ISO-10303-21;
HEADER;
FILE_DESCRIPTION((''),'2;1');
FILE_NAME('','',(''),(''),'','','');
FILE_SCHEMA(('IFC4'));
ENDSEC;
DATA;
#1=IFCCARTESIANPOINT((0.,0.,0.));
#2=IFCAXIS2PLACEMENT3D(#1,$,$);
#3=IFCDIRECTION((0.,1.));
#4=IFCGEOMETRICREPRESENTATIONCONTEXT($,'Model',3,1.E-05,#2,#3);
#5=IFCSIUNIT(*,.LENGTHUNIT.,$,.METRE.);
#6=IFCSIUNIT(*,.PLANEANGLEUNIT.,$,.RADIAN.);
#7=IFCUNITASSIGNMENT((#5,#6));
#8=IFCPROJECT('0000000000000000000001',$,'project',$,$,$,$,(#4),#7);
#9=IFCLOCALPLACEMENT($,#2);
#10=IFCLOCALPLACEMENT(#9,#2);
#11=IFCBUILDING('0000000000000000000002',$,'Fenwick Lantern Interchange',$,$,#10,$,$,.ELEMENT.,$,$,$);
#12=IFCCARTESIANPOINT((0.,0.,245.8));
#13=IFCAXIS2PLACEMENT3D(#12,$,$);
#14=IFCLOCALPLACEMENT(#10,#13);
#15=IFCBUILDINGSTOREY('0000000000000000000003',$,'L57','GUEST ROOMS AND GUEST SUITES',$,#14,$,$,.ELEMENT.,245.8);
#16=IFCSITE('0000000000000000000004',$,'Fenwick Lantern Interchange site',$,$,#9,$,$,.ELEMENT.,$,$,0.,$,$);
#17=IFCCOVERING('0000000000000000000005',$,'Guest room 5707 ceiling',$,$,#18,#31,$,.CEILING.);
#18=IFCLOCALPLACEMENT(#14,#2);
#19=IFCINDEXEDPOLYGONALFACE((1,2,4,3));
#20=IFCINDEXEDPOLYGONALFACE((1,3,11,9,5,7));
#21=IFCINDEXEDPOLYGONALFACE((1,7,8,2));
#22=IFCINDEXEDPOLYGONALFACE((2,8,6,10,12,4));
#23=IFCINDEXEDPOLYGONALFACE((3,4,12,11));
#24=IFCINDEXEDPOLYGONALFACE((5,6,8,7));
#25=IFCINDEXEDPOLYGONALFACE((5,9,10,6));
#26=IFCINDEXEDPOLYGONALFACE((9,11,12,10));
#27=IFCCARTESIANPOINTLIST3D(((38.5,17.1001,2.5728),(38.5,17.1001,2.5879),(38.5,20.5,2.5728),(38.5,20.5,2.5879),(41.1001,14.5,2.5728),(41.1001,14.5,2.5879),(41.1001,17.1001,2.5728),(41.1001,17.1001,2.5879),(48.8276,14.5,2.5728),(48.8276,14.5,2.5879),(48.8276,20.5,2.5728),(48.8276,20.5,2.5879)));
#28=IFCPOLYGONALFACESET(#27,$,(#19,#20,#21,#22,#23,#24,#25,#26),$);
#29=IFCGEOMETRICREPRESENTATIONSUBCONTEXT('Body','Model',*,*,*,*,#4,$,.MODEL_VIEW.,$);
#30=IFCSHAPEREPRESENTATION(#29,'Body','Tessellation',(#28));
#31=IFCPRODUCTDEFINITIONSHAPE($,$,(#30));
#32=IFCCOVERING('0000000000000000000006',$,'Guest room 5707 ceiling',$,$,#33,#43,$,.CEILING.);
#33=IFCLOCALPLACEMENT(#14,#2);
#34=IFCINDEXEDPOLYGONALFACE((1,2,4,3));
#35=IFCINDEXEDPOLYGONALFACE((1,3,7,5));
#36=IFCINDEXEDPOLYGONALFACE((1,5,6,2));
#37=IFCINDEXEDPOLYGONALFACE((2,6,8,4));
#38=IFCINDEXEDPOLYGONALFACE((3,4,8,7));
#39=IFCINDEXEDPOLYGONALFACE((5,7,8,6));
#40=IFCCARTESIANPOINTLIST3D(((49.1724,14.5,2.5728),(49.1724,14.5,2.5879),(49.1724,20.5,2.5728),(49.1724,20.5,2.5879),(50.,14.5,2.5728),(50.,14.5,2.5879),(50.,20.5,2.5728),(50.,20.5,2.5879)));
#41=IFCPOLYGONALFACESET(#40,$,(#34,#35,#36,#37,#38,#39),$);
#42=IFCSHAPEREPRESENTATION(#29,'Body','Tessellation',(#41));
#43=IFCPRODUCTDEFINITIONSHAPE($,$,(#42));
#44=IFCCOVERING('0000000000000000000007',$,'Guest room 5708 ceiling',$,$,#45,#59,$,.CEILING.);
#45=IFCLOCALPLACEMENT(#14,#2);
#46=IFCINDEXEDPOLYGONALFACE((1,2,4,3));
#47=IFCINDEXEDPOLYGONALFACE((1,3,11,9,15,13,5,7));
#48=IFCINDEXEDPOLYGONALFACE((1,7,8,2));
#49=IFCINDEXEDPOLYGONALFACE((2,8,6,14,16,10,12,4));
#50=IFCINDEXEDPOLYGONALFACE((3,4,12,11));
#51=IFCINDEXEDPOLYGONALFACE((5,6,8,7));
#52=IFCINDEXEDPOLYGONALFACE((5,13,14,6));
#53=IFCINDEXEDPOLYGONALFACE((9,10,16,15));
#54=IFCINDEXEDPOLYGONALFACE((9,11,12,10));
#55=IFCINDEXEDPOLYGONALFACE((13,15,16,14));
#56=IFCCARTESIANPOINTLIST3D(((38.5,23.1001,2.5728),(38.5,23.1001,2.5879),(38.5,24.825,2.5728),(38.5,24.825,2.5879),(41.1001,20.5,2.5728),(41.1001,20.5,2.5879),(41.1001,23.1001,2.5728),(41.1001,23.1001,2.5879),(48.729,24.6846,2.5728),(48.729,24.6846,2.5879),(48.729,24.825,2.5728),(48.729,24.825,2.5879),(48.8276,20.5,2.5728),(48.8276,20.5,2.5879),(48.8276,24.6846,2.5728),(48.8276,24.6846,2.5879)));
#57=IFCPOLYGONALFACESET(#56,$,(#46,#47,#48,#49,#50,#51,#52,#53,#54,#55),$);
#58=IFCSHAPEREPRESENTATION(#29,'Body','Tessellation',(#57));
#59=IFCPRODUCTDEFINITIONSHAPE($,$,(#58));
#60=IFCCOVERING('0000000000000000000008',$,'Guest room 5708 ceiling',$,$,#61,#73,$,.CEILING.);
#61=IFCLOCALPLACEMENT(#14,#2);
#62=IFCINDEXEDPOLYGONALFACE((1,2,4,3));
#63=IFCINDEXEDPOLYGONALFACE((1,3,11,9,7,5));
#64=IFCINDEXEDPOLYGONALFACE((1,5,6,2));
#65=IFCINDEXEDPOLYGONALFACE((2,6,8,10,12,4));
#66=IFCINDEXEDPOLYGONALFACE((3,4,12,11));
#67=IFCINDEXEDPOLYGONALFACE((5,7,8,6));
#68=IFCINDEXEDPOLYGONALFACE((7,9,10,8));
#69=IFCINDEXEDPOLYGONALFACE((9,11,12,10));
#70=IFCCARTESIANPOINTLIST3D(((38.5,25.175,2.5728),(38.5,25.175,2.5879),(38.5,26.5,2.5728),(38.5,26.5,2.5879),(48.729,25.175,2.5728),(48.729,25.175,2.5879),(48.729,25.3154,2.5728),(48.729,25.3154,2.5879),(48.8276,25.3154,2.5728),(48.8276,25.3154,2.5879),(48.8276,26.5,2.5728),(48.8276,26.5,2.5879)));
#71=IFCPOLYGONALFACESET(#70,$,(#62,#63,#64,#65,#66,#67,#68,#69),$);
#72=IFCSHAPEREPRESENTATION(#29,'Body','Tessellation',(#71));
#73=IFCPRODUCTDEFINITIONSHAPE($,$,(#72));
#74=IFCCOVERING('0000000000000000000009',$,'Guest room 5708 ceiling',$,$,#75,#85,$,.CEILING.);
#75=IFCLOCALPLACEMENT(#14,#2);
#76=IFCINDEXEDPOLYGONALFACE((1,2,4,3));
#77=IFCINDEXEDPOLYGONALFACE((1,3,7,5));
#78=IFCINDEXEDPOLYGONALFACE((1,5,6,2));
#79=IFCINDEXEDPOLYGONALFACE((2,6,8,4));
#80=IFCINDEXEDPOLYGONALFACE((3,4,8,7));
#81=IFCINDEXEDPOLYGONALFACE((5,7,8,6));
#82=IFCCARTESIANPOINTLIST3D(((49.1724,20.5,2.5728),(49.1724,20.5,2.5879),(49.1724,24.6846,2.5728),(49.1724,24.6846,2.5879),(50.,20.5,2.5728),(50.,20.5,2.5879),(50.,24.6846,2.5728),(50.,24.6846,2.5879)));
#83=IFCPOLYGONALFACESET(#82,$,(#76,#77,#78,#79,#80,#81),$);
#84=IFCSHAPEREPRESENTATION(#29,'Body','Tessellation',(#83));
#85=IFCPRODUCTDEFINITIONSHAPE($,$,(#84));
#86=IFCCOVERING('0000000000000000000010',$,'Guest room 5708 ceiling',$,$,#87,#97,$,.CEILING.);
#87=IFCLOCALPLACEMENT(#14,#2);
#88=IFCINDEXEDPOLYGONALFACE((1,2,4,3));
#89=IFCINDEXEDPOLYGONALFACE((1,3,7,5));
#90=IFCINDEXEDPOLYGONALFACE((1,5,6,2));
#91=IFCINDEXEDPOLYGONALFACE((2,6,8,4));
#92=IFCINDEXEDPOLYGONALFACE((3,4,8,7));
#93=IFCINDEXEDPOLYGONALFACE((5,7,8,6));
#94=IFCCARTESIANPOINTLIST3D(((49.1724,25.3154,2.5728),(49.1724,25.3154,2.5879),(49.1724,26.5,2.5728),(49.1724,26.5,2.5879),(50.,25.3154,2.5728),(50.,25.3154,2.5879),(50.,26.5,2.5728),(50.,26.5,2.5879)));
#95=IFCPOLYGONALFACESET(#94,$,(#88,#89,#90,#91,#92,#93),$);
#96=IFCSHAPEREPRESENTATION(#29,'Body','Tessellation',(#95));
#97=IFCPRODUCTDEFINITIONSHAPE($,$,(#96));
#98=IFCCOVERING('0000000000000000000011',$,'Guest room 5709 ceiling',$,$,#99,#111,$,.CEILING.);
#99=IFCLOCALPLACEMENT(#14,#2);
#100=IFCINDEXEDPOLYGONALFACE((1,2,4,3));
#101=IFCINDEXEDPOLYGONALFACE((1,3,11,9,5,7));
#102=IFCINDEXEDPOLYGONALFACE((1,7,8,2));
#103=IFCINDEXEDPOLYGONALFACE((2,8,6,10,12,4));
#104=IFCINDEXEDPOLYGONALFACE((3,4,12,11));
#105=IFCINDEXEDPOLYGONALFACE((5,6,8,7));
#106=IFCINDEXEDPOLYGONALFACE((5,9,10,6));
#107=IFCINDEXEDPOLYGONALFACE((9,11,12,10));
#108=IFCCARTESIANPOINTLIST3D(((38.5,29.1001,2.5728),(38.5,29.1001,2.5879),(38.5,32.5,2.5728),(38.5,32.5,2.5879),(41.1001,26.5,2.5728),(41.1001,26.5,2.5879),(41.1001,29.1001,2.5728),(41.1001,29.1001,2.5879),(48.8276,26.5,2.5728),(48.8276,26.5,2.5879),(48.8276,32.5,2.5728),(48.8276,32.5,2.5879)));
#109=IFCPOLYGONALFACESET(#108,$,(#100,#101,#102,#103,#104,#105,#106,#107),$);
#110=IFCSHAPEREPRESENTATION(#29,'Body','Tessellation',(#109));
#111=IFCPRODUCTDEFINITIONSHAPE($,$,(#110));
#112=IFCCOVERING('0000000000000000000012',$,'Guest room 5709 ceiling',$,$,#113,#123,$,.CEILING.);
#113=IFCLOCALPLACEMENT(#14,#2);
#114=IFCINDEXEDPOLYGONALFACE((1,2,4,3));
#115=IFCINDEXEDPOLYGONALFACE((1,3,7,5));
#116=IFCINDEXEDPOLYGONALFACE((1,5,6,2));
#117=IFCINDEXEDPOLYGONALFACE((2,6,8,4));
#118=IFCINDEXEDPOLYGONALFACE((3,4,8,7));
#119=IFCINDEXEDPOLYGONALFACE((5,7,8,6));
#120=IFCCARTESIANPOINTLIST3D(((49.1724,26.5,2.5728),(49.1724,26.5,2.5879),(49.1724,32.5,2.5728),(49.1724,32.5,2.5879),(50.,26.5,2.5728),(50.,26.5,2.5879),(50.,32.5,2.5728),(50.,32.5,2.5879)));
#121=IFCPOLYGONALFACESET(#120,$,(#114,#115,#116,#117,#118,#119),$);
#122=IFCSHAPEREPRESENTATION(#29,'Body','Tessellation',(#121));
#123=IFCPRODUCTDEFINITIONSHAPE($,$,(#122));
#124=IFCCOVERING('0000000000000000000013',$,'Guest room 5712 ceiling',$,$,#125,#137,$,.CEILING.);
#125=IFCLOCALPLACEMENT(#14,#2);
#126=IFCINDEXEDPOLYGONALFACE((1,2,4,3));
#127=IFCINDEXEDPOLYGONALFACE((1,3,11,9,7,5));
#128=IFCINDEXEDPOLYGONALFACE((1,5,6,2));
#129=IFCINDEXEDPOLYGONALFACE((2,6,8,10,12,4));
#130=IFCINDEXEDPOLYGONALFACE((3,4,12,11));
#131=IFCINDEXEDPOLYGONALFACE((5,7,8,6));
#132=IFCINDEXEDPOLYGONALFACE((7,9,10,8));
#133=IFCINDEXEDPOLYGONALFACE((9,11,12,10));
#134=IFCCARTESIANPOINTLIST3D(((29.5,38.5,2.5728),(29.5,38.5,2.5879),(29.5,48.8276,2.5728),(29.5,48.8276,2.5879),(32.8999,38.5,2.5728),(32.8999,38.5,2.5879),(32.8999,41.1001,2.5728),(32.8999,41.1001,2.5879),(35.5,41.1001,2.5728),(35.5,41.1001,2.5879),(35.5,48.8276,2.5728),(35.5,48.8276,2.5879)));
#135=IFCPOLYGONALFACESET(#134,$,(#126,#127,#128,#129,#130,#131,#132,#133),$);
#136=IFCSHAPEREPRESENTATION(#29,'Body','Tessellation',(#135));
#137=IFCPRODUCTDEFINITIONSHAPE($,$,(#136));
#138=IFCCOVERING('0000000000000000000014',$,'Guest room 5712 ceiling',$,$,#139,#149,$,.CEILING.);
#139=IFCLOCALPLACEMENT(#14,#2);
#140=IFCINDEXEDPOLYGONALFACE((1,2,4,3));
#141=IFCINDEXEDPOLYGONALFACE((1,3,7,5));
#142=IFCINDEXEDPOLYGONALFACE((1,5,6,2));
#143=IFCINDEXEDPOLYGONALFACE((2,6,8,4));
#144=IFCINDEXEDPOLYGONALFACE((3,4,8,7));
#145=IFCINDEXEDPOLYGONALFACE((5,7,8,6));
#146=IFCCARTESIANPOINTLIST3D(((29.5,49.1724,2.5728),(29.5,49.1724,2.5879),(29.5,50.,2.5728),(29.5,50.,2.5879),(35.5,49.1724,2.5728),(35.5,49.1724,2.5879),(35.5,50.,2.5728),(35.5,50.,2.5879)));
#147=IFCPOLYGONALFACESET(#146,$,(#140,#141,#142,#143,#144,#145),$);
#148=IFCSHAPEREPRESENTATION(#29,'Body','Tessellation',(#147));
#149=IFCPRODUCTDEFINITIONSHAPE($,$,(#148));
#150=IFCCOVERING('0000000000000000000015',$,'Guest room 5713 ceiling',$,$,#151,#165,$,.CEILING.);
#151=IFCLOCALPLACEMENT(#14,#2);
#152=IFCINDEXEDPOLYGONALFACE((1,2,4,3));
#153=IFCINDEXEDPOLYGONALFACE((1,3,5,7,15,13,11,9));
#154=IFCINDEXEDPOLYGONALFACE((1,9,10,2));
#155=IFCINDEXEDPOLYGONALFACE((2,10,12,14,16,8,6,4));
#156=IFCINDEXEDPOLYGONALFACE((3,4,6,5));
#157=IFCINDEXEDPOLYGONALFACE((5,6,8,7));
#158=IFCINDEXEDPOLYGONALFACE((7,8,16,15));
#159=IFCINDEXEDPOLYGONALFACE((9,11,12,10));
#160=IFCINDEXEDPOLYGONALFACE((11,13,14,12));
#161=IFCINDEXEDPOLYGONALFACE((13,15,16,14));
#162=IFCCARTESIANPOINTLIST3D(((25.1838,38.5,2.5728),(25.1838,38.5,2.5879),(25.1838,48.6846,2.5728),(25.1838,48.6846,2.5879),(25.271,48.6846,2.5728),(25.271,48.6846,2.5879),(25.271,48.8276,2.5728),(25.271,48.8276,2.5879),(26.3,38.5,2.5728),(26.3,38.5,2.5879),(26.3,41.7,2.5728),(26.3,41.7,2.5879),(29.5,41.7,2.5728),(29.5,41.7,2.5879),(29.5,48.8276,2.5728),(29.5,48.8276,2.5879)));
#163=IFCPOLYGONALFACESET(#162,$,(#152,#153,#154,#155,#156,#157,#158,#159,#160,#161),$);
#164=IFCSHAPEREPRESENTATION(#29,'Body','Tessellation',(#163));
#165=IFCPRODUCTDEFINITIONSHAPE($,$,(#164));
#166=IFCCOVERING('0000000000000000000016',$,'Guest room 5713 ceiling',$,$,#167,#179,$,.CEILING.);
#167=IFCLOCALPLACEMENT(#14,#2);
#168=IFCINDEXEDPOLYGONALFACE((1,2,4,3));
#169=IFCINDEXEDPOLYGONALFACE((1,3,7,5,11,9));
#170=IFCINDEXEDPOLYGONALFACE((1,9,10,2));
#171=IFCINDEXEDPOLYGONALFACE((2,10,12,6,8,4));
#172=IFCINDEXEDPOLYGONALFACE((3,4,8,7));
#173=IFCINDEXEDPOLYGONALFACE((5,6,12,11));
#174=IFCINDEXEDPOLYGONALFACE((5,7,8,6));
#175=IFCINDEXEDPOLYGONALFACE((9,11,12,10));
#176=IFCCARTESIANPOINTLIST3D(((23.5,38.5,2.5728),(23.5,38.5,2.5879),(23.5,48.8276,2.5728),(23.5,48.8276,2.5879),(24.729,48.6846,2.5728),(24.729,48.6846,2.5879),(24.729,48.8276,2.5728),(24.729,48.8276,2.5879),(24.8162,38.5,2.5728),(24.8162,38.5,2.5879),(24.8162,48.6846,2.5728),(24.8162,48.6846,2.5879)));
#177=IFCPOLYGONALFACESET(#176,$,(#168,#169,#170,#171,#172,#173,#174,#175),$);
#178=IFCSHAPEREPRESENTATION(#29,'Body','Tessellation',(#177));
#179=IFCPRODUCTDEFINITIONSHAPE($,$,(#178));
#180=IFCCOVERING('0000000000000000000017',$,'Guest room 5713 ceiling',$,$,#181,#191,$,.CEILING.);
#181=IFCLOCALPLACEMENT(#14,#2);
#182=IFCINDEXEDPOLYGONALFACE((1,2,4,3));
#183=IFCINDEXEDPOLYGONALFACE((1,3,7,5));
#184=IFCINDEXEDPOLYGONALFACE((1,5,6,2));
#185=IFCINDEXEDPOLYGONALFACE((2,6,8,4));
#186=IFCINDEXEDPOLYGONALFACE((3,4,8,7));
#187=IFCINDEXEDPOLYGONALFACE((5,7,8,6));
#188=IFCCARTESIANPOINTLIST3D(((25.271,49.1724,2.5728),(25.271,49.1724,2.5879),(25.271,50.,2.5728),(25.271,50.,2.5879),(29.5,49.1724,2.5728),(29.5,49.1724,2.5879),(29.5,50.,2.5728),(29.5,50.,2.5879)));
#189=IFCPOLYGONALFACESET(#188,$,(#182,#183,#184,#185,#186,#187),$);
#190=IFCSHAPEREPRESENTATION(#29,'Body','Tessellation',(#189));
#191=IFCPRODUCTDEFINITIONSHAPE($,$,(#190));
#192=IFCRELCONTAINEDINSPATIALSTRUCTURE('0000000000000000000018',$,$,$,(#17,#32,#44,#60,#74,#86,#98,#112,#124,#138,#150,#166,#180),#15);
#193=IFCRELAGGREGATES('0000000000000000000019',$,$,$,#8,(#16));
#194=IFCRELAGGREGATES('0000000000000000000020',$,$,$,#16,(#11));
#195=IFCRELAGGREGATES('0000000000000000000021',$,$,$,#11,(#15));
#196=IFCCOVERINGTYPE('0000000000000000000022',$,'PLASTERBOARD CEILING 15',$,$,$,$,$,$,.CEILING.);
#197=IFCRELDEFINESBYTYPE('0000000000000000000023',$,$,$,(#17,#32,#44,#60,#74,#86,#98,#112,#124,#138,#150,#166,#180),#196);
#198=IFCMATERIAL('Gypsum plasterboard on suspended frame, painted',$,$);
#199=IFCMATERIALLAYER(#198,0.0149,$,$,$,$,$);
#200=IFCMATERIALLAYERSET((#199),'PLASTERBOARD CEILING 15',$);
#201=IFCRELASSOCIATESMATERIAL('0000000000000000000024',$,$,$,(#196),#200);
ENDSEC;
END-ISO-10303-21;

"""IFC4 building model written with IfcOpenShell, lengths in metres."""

from ifc_helpers import new_model, si_unit, direction, frame, origin, place, context, subcontext, project, spatial, polyline, outline, extrude, material, layer, layer_set, type_object, element, save


model = new_model("IFC4")

# Units and contexts
model_context = context("Model", 3, precision=1e-05, world=origin(), true_north=direction((0.0, 1.0)))
body_context = subcontext(model_context, "Body", "Model", "MODEL_VIEW")
ifc_project = project(units=[si_unit("LENGTHUNIT", "METRE"), si_unit("PLANEANGLEUNIT", "RADIAN")], contexts=[model_context])

# Site, building, storey
site_placement = place(None, origin())
site = spatial("IfcSite", under=ifc_project, at=site_placement, Name="Fenwick Lantern Interchange site", CompositionType="ELEMENT", RefElevation=0.0)
building_placement = place(site_placement, origin())
building = spatial("IfcBuilding", under=site, at=building_placement, Name="Fenwick Lantern Interchange", CompositionType="ELEMENT")
storey_placement = place(building_placement, frame((0.0, 0.0, 245.8)))
storey = spatial("IfcBuildingStorey", under=building, at=storey_placement, Name="L57", Description="GUEST ROOMS AND GUEST SUITES", CompositionType="ELEMENT", Elevation=245.8)

# Coverings
ifc_material_1 = material(Name="Gypsum plasterboard on suspended frame, painted")
ifc_layer_1 = layer(ifc_material_1, 0.0149)
ifc_layer_set_1 = layer_set([ifc_layer_1], Name="PLASTERBOARD CEILING 15")
covering_type_1 = type_object("IfcCoveringType", Name="PLASTERBOARD CEILING 15", PredefinedType="CEILING", material=ifc_layer_set_1)
covering_1_placement = place(storey_placement, frame((0.0, 0.0, 2.5728)))
element("IfcCovering", 1, at=covering_1_placement, inside=storey, type_object=covering_type_1, Name="Guest room 5707 ceiling", PredefinedType="CEILING", context=body_context, shape_type="SweptSolid", body=[
    extrude(outline(polyline([(48.8276, 20.5), (38.5, 20.5), (38.5, 17.1001), (41.1001, 17.1001), (41.1001, 14.5), (48.8276, 14.5), (48.8276, 20.5)])), origin(), (0.0, 0.0, 1.0), 0.0151),
])
covering_2_placement = place(storey_placement, frame((0.0, 0.0, 2.5728)))
element("IfcCovering", 2, at=covering_2_placement, inside=storey, type_object=covering_type_1, Name="Guest room 5707 ceiling", PredefinedType="CEILING", context=body_context, shape_type="SweptSolid", body=[
    extrude(outline(polyline([(50.0, 20.5), (49.1724, 20.5), (49.1724, 14.5), (50.0, 14.5), (50.0, 20.5)])), origin(), (0.0, 0.0, 1.0), 0.0151),
])
covering_3_placement = place(storey_placement, frame((0.0, 0.0, 2.5728)))
element("IfcCovering", 3, at=covering_3_placement, inside=storey, type_object=covering_type_1, Name="Guest room 5708 ceiling", PredefinedType="CEILING", context=body_context, shape_type="SweptSolid", body=[
    extrude(outline(polyline([(48.729, 24.6846), (48.729, 24.825), (38.5, 24.825), (38.5, 23.1001), (41.1001, 23.1001), (41.1001, 20.5), (48.8276, 20.5), (48.8276, 24.6846), (48.729, 24.6846)])), origin(), (0.0, 0.0, 1.0), 0.0151),
])
covering_4_placement = place(storey_placement, frame((0.0, 0.0, 2.5728)))
element("IfcCovering", 4, at=covering_4_placement, inside=storey, type_object=covering_type_1, Name="Guest room 5708 ceiling", PredefinedType="CEILING", context=body_context, shape_type="SweptSolid", body=[
    extrude(outline(polyline([(48.729, 25.3154), (48.8276, 25.3154), (48.8276, 26.5), (38.5, 26.5), (38.5, 25.175), (48.729, 25.175), (48.729, 25.3154)])), origin(), (0.0, 0.0, 1.0), 0.0151),
])
covering_5_placement = place(storey_placement, frame((0.0, 0.0, 2.5728)))
element("IfcCovering", 5, at=covering_5_placement, inside=storey, type_object=covering_type_1, Name="Guest room 5708 ceiling", PredefinedType="CEILING", context=body_context, shape_type="SweptSolid", body=[
    extrude(outline(polyline([(50.0, 24.6846), (49.1724, 24.6846), (49.1724, 20.5), (50.0, 20.5), (50.0, 24.6846)])), origin(), (0.0, 0.0, 1.0), 0.0151),
])
covering_6_placement = place(storey_placement, frame((0.0, 0.0, 2.5728)))
element("IfcCovering", 6, at=covering_6_placement, inside=storey, type_object=covering_type_1, Name="Guest room 5708 ceiling", PredefinedType="CEILING", context=body_context, shape_type="SweptSolid", body=[
    extrude(outline(polyline([(50.0, 25.3154), (50.0, 26.5), (49.1724, 26.5), (49.1724, 25.3154), (50.0, 25.3154)])), origin(), (0.0, 0.0, 1.0), 0.0151),
])
covering_7_placement = place(storey_placement, frame((0.0, 0.0, 2.5728)))
element("IfcCovering", 7, at=covering_7_placement, inside=storey, type_object=covering_type_1, Name="Guest room 5709 ceiling", PredefinedType="CEILING", context=body_context, shape_type="SweptSolid", body=[
    extrude(outline(polyline([(48.8276, 32.5), (38.5, 32.5), (38.5, 29.1001), (41.1001, 29.1001), (41.1001, 26.5), (48.8276, 26.5), (48.8276, 32.5)])), origin(), (0.0, 0.0, 1.0), 0.0151),
])
covering_8_placement = place(storey_placement, frame((0.0, 0.0, 2.5728)))
element("IfcCovering", 8, at=covering_8_placement, inside=storey, type_object=covering_type_1, Name="Guest room 5709 ceiling", PredefinedType="CEILING", context=body_context, shape_type="SweptSolid", body=[
    extrude(outline(polyline([(50.0, 32.5), (49.1724, 32.5), (49.1724, 26.5), (50.0, 26.5), (50.0, 32.5)])), origin(), (0.0, 0.0, 1.0), 0.0151),
])
covering_9_placement = place(storey_placement, frame((0.0, 0.0, 2.5728)))
element("IfcCovering", 9, at=covering_9_placement, inside=storey, type_object=covering_type_1, Name="Guest room 5712 ceiling", PredefinedType="CEILING", context=body_context, shape_type="SweptSolid", body=[
    extrude(outline(polyline([(29.5, 48.8276), (29.5, 38.5), (32.8999, 38.5), (32.8999, 41.1001), (35.5, 41.1001), (35.5, 48.8276), (29.5, 48.8276)])), origin(), (0.0, 0.0, 1.0), 0.0151),
])
covering_10_placement = place(storey_placement, frame((0.0, 0.0, 2.5728)))
element("IfcCovering", 10, at=covering_10_placement, inside=storey, type_object=covering_type_1, Name="Guest room 5712 ceiling", PredefinedType="CEILING", context=body_context, shape_type="SweptSolid", body=[
    extrude(outline(polyline([(29.5, 50.0), (29.5, 49.1724), (35.5, 49.1724), (35.5, 50.0), (29.5, 50.0)])), origin(), (0.0, 0.0, 1.0), 0.0151),
])
covering_11_placement = place(storey_placement, frame((0.0, 0.0, 2.5728)))
element("IfcCovering", 11, at=covering_11_placement, inside=storey, type_object=covering_type_1, Name="Guest room 5713 ceiling", PredefinedType="CEILING", context=body_context, shape_type="SweptSolid", body=[
    extrude(outline(polyline([(25.271, 48.6846), (25.1838, 48.6846), (25.1838, 38.5), (26.3, 38.5), (26.3, 41.7), (29.5, 41.7), (29.5, 48.8276), (25.271, 48.8276), (25.271, 48.6846)])), origin(), (0.0, 0.0, 1.0), 0.0151),
])
covering_12_placement = place(storey_placement, frame((0.0, 0.0, 2.5728)))
element("IfcCovering", 12, at=covering_12_placement, inside=storey, type_object=covering_type_1, Name="Guest room 5713 ceiling", PredefinedType="CEILING", context=body_context, shape_type="SweptSolid", body=[
    extrude(outline(polyline([(24.729, 48.6846), (24.729, 48.8276), (23.5, 48.8276), (23.5, 38.5), (24.8162, 38.5), (24.8162, 48.6846), (24.729, 48.6846)])), origin(), (0.0, 0.0, 1.0), 0.0151),
])
covering_13_placement = place(storey_placement, frame((0.0, 0.0, 2.5728)))
element("IfcCovering", 13, at=covering_13_placement, inside=storey, type_object=covering_type_1, Name="Guest room 5713 ceiling", PredefinedType="CEILING", context=body_context, shape_type="SweptSolid", body=[
    extrude(outline(polyline([(25.271, 50.0), (25.271, 49.1724), (29.5, 49.1724), (29.5, 50.0), (25.271, 50.0)])), origin(), (0.0, 0.0, 1.0), 0.0151),
])

save(model, "model.ifc")
